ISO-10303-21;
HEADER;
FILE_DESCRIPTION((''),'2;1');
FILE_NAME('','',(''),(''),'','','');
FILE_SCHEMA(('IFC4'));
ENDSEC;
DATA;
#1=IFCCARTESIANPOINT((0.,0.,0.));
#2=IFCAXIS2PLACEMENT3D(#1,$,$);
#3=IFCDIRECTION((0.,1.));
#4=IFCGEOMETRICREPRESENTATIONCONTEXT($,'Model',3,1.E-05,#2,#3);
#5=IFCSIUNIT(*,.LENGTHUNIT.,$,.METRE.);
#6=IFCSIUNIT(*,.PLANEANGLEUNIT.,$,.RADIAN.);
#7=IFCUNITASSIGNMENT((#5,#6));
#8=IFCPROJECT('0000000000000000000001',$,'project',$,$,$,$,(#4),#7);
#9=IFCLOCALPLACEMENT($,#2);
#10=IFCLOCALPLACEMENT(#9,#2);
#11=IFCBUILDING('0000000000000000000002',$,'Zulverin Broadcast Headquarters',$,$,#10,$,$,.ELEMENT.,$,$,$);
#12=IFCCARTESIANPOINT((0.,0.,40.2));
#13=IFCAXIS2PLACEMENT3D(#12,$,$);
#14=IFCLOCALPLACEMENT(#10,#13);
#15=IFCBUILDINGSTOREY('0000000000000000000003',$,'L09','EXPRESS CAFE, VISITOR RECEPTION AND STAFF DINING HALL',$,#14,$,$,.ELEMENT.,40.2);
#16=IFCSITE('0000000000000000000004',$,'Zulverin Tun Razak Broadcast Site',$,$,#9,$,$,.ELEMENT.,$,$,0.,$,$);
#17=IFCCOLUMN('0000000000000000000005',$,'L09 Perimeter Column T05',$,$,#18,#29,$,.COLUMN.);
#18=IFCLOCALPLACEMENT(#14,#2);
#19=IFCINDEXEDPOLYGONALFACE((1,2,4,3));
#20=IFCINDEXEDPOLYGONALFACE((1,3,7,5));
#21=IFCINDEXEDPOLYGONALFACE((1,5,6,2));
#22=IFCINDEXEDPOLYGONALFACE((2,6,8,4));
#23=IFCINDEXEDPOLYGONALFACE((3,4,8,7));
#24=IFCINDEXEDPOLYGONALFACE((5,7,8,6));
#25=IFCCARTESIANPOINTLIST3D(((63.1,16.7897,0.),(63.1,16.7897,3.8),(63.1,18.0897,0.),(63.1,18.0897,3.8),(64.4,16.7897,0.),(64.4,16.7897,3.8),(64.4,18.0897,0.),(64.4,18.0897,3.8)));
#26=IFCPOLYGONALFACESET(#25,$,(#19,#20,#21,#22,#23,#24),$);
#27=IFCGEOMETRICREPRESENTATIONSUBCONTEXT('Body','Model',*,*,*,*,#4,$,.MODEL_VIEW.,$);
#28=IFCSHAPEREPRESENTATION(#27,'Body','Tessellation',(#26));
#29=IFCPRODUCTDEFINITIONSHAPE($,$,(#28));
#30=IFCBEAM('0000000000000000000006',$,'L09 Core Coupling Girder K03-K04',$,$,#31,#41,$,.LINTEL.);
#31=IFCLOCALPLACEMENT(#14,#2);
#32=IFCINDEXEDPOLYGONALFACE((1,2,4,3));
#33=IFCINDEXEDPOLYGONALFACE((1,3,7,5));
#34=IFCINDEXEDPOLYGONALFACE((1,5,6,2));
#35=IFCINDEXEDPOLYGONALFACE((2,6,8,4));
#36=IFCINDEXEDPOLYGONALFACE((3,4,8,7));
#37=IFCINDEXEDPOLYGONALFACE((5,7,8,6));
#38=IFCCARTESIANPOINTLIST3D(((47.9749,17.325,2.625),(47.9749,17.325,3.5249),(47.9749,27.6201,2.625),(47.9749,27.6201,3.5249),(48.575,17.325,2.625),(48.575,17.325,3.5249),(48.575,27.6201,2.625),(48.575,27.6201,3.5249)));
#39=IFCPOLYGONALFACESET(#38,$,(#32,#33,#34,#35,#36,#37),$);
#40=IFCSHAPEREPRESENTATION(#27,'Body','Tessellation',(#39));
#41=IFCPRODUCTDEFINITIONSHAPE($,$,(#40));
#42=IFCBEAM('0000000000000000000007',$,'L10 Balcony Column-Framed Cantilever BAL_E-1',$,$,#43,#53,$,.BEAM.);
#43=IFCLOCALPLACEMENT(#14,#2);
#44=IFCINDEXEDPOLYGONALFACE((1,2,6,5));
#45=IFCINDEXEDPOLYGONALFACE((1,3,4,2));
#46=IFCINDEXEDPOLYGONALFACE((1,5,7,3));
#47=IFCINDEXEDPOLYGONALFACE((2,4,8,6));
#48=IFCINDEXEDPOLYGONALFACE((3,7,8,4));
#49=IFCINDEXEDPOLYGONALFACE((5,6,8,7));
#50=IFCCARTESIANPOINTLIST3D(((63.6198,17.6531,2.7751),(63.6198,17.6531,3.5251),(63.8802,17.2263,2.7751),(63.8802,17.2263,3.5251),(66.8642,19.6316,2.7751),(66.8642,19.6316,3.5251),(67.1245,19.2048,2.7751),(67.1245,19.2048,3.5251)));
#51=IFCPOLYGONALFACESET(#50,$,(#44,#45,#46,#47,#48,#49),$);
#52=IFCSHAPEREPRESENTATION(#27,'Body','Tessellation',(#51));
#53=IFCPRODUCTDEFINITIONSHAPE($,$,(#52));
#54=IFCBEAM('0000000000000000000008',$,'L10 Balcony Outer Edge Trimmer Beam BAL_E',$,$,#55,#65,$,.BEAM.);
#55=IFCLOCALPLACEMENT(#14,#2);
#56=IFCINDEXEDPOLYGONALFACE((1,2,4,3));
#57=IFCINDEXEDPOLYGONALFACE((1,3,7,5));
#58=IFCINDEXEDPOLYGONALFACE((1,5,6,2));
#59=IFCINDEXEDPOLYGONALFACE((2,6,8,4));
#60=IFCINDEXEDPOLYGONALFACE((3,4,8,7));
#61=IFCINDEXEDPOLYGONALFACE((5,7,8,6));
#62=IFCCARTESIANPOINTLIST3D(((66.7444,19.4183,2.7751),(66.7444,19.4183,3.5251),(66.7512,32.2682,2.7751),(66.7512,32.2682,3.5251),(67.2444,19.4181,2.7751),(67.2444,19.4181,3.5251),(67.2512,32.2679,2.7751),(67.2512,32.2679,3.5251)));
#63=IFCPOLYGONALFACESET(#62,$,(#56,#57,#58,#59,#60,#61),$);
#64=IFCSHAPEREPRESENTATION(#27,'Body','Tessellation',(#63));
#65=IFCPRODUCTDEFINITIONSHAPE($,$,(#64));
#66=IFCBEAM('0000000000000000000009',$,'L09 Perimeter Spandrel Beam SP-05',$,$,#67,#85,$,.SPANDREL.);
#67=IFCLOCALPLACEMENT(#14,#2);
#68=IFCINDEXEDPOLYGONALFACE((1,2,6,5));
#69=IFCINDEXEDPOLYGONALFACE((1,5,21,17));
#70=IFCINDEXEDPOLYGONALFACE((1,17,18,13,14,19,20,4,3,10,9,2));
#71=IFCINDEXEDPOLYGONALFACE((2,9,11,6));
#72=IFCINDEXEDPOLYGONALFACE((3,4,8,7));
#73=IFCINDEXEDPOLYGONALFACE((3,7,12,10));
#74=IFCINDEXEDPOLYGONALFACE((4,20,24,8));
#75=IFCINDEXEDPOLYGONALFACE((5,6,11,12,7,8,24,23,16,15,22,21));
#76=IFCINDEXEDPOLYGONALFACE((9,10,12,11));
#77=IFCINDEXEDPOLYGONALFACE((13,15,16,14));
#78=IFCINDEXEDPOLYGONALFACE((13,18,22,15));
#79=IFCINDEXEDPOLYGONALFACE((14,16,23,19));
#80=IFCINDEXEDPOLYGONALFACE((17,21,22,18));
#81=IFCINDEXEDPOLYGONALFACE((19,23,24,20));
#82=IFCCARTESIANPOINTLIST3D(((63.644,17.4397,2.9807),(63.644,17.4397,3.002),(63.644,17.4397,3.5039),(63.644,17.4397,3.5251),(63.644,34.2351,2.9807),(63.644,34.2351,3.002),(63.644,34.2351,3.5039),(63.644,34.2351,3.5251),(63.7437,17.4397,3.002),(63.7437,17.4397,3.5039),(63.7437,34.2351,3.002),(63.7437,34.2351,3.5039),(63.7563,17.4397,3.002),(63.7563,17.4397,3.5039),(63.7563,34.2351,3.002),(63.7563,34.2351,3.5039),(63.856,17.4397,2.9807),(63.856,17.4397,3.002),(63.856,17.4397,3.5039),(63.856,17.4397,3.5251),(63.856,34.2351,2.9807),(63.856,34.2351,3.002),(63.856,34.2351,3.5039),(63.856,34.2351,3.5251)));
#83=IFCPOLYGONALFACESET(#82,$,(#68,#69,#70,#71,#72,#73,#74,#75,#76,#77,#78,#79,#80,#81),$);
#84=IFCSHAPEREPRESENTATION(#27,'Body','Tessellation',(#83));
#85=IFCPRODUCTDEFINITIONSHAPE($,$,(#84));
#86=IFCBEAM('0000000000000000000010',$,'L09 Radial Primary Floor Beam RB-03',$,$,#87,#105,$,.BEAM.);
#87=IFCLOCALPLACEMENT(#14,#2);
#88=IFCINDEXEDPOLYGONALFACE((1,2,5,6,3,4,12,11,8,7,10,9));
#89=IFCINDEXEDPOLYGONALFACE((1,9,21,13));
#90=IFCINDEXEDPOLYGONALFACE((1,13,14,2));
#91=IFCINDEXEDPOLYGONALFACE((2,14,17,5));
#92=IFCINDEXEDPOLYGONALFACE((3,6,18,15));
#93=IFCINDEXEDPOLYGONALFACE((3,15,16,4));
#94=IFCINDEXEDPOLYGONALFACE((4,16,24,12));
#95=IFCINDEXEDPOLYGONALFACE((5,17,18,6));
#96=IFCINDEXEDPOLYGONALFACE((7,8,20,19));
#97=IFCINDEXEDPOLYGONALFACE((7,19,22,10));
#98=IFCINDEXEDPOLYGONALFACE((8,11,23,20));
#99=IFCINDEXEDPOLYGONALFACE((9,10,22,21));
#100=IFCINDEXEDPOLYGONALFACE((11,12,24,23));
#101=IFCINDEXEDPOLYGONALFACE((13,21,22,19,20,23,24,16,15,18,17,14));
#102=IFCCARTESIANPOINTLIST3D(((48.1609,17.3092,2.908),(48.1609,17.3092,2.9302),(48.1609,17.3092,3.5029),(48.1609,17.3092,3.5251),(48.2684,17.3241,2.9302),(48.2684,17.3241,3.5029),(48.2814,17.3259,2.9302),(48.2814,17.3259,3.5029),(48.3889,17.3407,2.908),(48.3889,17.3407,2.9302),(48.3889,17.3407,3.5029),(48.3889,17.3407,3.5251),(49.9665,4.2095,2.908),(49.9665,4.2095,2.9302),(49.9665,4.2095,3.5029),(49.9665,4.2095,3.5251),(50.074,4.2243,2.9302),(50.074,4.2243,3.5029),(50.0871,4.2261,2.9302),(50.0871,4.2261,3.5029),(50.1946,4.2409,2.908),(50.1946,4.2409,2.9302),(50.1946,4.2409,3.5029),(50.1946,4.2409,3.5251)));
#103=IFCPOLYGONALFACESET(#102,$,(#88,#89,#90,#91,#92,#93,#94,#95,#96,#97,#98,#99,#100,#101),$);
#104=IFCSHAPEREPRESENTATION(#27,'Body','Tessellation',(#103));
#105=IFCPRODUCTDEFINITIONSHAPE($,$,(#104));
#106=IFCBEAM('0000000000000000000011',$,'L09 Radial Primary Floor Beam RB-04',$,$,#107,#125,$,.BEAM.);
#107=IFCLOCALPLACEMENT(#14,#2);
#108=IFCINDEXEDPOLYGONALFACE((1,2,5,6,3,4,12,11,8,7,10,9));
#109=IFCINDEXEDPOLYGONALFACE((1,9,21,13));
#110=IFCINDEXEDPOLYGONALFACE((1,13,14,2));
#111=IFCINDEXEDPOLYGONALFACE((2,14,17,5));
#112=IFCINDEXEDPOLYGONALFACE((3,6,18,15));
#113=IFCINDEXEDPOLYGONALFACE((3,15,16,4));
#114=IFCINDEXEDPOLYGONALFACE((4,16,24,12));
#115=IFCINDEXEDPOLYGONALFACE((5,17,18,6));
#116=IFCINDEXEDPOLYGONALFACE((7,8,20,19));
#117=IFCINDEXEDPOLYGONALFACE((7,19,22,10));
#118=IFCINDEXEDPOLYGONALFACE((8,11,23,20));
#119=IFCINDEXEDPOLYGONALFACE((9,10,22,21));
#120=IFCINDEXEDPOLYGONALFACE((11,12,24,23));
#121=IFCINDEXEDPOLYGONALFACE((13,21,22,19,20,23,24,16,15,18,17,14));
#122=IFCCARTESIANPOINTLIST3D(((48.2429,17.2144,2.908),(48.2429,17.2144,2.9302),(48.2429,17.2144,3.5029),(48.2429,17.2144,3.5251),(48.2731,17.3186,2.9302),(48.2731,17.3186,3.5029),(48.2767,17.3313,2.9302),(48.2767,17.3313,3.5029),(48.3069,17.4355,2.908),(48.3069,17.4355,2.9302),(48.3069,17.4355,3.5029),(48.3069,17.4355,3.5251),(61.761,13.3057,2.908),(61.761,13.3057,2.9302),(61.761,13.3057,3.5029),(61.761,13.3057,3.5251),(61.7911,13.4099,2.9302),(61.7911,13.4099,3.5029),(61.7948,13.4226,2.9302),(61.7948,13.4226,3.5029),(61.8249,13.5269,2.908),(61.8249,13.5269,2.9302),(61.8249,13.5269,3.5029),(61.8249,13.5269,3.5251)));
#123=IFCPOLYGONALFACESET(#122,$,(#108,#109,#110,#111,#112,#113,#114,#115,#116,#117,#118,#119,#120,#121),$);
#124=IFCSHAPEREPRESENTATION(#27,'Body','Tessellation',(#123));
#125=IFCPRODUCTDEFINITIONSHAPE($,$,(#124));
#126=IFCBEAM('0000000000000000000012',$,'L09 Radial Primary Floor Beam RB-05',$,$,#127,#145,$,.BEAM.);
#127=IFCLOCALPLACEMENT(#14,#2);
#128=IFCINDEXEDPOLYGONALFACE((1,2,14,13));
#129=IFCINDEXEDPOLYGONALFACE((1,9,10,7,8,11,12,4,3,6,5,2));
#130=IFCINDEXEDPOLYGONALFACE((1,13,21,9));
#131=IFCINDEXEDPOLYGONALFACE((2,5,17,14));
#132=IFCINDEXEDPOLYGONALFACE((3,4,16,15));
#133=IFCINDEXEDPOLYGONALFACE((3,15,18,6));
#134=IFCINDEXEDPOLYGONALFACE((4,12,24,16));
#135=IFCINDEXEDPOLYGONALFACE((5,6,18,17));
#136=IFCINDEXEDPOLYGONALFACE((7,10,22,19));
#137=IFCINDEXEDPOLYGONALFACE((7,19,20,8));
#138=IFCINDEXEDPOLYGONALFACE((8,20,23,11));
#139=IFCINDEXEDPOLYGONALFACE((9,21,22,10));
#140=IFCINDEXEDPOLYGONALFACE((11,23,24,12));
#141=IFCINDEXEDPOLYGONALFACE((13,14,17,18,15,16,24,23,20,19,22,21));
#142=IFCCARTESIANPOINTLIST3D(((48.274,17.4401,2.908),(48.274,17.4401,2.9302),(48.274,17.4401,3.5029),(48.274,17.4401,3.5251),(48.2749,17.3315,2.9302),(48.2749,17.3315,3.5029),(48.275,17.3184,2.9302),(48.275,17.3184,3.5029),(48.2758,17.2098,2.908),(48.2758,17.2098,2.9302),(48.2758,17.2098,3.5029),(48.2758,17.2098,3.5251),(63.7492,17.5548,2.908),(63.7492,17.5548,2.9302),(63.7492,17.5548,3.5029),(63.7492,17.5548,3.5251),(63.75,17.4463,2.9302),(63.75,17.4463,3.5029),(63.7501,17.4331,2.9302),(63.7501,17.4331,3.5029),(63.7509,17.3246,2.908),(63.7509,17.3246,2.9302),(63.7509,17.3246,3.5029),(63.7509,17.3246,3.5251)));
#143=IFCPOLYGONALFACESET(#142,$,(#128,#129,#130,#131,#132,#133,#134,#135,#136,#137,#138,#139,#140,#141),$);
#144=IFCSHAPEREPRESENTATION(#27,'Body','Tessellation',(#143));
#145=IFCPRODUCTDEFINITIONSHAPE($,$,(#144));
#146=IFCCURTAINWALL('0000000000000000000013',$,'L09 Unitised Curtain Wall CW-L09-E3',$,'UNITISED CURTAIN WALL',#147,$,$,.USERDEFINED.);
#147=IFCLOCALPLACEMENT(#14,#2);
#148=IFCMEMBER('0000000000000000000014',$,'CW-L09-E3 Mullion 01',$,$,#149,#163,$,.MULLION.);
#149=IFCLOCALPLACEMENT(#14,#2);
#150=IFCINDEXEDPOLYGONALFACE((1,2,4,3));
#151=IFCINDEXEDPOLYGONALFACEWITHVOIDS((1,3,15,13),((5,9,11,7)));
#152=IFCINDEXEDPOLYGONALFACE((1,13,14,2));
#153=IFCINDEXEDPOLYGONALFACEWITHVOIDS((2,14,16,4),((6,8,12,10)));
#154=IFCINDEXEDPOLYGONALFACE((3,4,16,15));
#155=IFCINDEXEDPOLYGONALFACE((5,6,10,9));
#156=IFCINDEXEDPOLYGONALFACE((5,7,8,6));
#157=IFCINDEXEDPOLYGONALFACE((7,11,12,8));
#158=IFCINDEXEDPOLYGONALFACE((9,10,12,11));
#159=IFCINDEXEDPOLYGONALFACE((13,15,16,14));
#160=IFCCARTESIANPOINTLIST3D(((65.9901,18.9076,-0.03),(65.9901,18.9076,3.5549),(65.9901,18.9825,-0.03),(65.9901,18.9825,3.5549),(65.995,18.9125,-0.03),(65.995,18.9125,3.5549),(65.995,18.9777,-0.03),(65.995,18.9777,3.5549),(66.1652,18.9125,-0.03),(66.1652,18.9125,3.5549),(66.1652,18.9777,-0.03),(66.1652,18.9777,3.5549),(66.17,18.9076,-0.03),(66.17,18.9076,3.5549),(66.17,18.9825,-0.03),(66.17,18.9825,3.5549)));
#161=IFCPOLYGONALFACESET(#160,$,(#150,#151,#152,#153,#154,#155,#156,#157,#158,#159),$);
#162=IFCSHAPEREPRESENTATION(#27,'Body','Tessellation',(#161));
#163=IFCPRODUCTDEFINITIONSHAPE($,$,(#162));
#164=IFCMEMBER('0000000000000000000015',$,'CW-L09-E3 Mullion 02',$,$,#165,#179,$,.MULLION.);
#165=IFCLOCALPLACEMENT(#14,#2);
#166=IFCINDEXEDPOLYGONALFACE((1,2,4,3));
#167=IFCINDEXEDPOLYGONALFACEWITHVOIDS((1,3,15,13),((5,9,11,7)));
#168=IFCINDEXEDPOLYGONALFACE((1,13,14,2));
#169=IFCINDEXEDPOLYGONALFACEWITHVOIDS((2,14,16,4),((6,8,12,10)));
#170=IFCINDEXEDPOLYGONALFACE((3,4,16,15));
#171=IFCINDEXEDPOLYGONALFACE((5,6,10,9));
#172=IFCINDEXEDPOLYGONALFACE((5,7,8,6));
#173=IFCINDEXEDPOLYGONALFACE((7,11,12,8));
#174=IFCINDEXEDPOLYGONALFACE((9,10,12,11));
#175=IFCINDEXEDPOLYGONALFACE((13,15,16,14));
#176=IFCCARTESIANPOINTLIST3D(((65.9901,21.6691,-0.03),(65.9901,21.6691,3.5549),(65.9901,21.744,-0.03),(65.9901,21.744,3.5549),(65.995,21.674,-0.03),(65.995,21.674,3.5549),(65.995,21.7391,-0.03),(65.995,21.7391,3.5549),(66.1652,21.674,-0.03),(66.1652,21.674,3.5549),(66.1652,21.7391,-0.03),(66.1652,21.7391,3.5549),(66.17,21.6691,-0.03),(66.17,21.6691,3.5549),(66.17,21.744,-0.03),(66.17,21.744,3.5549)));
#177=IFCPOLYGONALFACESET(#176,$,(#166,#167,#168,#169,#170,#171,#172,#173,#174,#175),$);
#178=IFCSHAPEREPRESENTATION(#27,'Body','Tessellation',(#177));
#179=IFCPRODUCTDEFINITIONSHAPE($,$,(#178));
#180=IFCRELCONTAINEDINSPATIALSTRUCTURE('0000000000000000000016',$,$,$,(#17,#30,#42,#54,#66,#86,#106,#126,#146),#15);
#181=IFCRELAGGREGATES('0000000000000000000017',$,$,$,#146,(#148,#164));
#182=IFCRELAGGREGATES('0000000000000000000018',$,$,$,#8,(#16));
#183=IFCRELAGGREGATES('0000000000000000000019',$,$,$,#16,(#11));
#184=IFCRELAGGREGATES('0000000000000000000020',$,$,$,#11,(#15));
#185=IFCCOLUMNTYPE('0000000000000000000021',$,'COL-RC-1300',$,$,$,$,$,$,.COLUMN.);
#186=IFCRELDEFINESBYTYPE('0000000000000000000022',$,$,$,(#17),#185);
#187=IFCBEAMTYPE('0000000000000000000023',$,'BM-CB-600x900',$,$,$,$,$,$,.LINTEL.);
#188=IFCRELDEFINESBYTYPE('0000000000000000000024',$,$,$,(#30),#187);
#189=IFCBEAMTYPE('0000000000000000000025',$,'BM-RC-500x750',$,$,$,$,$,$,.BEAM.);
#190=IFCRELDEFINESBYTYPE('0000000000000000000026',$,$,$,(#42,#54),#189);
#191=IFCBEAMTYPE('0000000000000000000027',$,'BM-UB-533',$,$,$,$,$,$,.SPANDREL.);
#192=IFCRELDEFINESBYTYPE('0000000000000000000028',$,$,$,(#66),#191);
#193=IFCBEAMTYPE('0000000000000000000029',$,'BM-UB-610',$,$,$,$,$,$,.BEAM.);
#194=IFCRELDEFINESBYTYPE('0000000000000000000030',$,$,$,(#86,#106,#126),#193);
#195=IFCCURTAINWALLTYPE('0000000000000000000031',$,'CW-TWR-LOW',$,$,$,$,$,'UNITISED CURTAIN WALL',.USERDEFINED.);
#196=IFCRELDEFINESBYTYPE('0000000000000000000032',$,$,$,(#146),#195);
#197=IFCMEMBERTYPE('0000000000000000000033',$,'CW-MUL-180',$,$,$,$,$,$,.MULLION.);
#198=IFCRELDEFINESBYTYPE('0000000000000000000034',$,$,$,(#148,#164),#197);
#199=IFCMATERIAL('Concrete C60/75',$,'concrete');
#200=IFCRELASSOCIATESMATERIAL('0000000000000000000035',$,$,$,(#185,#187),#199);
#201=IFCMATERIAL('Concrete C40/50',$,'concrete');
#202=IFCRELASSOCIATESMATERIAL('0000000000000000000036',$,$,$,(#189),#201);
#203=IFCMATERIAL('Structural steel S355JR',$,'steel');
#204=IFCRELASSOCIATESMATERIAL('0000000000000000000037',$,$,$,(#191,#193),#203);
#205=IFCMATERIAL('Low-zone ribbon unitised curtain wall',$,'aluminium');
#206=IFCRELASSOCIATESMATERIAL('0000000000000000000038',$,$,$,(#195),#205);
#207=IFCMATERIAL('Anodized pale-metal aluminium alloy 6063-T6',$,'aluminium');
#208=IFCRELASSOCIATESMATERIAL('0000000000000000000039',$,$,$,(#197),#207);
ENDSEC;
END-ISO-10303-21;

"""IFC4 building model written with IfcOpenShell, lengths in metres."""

from ifc_helpers import new_model, si_unit, direction, frame, origin, origin_2d, place, context, subcontext, project, spatial, rectangle, hollow_rectangle, i_section, extrude, material, material_profile, profile_set, type_object, element, aggregate, save


model = new_model("IFC4")

# Units and contexts
model_context = context("Model", 3, precision=1e-05, world=origin(), true_north=direction((0.0, 1.0)))
body_context = subcontext(model_context, "Body", "Model", "MODEL_VIEW")
ifc_project = project(units=[si_unit("LENGTHUNIT", "METRE"), si_unit("PLANEANGLEUNIT", "RADIAN")], contexts=[model_context])

# Site, building, storey
site_placement = place(None, origin())
site = spatial("IfcSite", under=ifc_project, at=site_placement, Name="Zulverin Tun Razak Broadcast Site", CompositionType="ELEMENT", RefElevation=0.0)
building_placement = place(site_placement, origin())
building = spatial("IfcBuilding", under=site, at=building_placement, Name="Zulverin Broadcast Headquarters", CompositionType="ELEMENT")
storey_placement = place(building_placement, frame((0.0, 0.0, 40.2)))
storey = spatial("IfcBuildingStorey", under=building, at=storey_placement, Name="L09", Description="EXPRESS CAFE, VISITOR RECEPTION AND STAFF DINING HALL", CompositionType="ELEMENT", Elevation=40.2)

# Column
ifc_material_1 = material(Name="Concrete C60/75", Category="concrete")
ifc_material_profile_1 = material_profile(ifc_material_1, rectangle(XDim=1.3, YDim=1.3, at=origin_2d()), Name="Concrete C60/75", Category="concrete")
ifc_profile_set_1 = profile_set([ifc_material_profile_1], Name="Concrete C60/75")
column_type = type_object("IfcColumnType", Name="COL-RC-1300", PredefinedType="COLUMN", material=ifc_profile_set_1)
column_placement = place(storey_placement, frame((63.75, 17.4397, 0.0), z_axis=(0.0, 0.0, 1.0), x_axis=(1.0, 0.0, 0.0)))
element("IfcColumn", 1, at=column_placement, inside=storey, type_object=column_type, Name="L09 Perimeter Column T05", PredefinedType="COLUMN", context=body_context, shape_type="SweptSolid", body=[
    extrude(rectangle(XDim=1.3, YDim=1.3, at=origin_2d()), origin(), (0.0, 0.0, 1.0), 3.8),
])

# Beams
ifc_material_profile_2 = material_profile(ifc_material_1, rectangle(XDim=0.6001, YDim=0.8999, at=origin_2d()), Name="Concrete C60/75", Category="concrete")
ifc_profile_set_2 = profile_set([ifc_material_profile_2], Name="Concrete C60/75")
beam_type_1 = type_object("IfcBeamType", Name="BM-CB-600x900", PredefinedType="LINTEL", material=ifc_profile_set_2)
beam_1_placement = place(storey_placement, frame((48.2749, 17.325, 3.075), z_axis=(0.0, 1.0, 0.0), x_axis=(-1.0, 0.0, 0.0)))
element("IfcBeam", 2, at=beam_1_placement, inside=storey, type_object=beam_type_1, Name="L09 Core Coupling Girder K03-K04", PredefinedType="LINTEL", context=body_context, shape_type="SweptSolid", body=[
    extrude(rectangle(XDim=0.6001, YDim=0.8999, at=origin_2d()), origin(), (0.0, 0.0, 1.0), 10.2952),
])
ifc_material_2 = material(Name="Concrete C40/50", Category="concrete")
ifc_material_profile_3 = material_profile(ifc_material_2, rectangle(XDim=0.5, YDim=0.75, at=origin_2d()), Name="Concrete C40/50", Category="concrete")
ifc_profile_set_3 = profile_set([ifc_material_profile_3], Name="Concrete C40/50")
beam_type_2 = type_object("IfcBeamType", Name="BM-RC-500x750", PredefinedType="BEAM", material=ifc_profile_set_3)
beam_2_placement = place(storey_placement, frame((63.75, 17.4397, 3.1501), z_axis=(0.853769, 0.520652, 0.0), x_axis=(-0.520652, 0.853769, 0.0)))
element("IfcBeam", 3, at=beam_2_placement, inside=storey, type_object=beam_type_2, Name="L10 Balcony Column-Framed Cantilever BAL_E-1", PredefinedType="BEAM", context=body_context, shape_type="SweptSolid", body=[
    extrude(rectangle(XDim=0.5, YDim=0.75, at=origin_2d()), origin(), (0.0, 0.0, 1.0), 3.8),
])
beam_3_placement = place(storey_placement, frame((66.9944, 19.4182, 3.1501), z_axis=(0.000532, 1.0, 0.0), x_axis=(-1.0, 0.000532, 0.0)))
element("IfcBeam", 4, at=beam_3_placement, inside=storey, type_object=beam_type_2, Name="L10 Balcony Outer Edge Trimmer Beam BAL_E", PredefinedType="BEAM", context=body_context, shape_type="SweptSolid", body=[
    extrude(rectangle(XDim=0.5, YDim=0.75, at=origin_2d()), origin(), (0.0, 0.0, 1.0), 12.8499),
])
ifc_material_3 = material(Name="Structural steel S355JR", Category="steel")
ifc_material_profile_4 = material_profile(ifc_material_3, i_section(OverallWidth=0.2119, OverallDepth=0.5444, WebThickness=0.0127, FlangeThickness=0.0212, at=origin_2d()), Name="Structural steel S355JR", Category="steel")
ifc_profile_set_4 = profile_set([ifc_material_profile_4], Name="Structural steel S355JR")
beam_type_3 = type_object("IfcBeamType", Name="BM-UB-533", PredefinedType="SPANDREL", material=ifc_profile_set_4)
beam_4_placement = place(storey_placement, frame((63.75, 17.4397, 3.2529), z_axis=(0.0, 1.0, 0.0), x_axis=(-1.0, 0.0, 0.0)))
element("IfcBeam", 5, at=beam_4_placement, inside=storey, type_object=beam_type_3, Name="L09 Perimeter Spandrel Beam SP-05", PredefinedType="SPANDREL", context=body_context, shape_type="SweptSolid", body=[
    extrude(i_section(OverallWidth=0.2119, OverallDepth=0.5444, WebThickness=0.0127, FlangeThickness=0.0212, at=origin_2d()), origin(), (0.0, 0.0, 1.0), 16.7954),
])
ifc_material_profile_5 = material_profile(ifc_material_3, i_section(OverallWidth=0.2302, OverallDepth=0.6172, WebThickness=0.0132, FlangeThickness=0.0222, at=origin_2d()), Name="Structural steel S355JR", Category="steel")
ifc_profile_set_5 = profile_set([ifc_material_profile_5], Name="Structural steel S355JR")
beam_type_4 = type_object("IfcBeamType", Name="BM-UB-610", PredefinedType="BEAM", material=ifc_profile_set_5)
beam_5_placement = place(storey_placement, frame((48.2749, 17.325, 3.2166), z_axis=(0.136547, -0.990634, 0.0), x_axis=(0.990634, 0.136547, 0.0)))
element("IfcBeam", 6, at=beam_5_placement, inside=storey, type_object=beam_type_4, Name="L09 Radial Primary Floor Beam RB-03", PredefinedType="BEAM", context=body_context, shape_type="SweptSolid", body=[
    extrude(i_section(OverallWidth=0.2302, OverallDepth=0.6172, WebThickness=0.0132, FlangeThickness=0.0222, at=origin_2d()), origin(), (0.0, 0.0, 1.0), 13.2236),
])
beam_6_placement = place(storey_placement, frame((48.2749, 17.325, 3.2166), z_axis=(0.960648, -0.277767, 0.0), x_axis=(0.277767, 0.960648, 0.0)))
element("IfcBeam", 7, at=beam_6_placement, inside=storey, type_object=beam_type_4, Name="L09 Radial Primary Floor Beam RB-04", PredefinedType="BEAM", context=body_context, shape_type="SweptSolid", body=[
    extrude(i_section(OverallWidth=0.2302, OverallDepth=0.6172, WebThickness=0.0132, FlangeThickness=0.0222, at=origin_2d()), origin(), (0.0, 0.0, 1.0), 14.0718),
])
beam_7_placement = place(storey_placement, frame((48.2749, 17.325, 3.2166), z_axis=(0.999973, 0.007415, 0.0), x_axis=(-0.007415, 0.999973, 0.0)))
element("IfcBeam", 8, at=beam_7_placement, inside=storey, type_object=beam_type_4, Name="L09 Radial Primary Floor Beam RB-05", PredefinedType="BEAM", context=body_context, shape_type="SweptSolid", body=[
    extrude(i_section(OverallWidth=0.2302, OverallDepth=0.6172, WebThickness=0.0132, FlangeThickness=0.0222, at=origin_2d()), origin(), (0.0, 0.0, 1.0), 15.4756),
])

# Curtain wall, members
ifc_material_4 = material(Name="Low-zone ribbon unitised curtain wall", Category="aluminium")
curtain_wall_type = type_object("IfcCurtainWallType", Name="CW-TWR-LOW", ElementType="UNITISED CURTAIN WALL", PredefinedType="USERDEFINED", material=ifc_material_4)
curtain_wall_placement = place(storey_placement, origin())
curtain_wall = element("IfcCurtainWall", 9, at=curtain_wall_placement, inside=storey, type_object=curtain_wall_type, Name="L09 Unitised Curtain Wall CW-L09-E3", ObjectType="UNITISED CURTAIN WALL", PredefinedType="USERDEFINED")
ifc_material_5 = material(Name="Anodized pale-metal aluminium alloy 6063-T6", Category="aluminium")
ifc_material_profile_6 = material_profile(ifc_material_5, hollow_rectangle(XDim=0.075, YDim=0.1799, WallThickness=0.0049, at=origin_2d()), Name="Anodized pale-metal aluminium alloy 6063-T6", Category="aluminium")
ifc_profile_set_6 = profile_set([ifc_material_profile_6], Name="Anodized pale-metal aluminium alloy 6063-T6")
member_type = type_object("IfcMemberType", Name="CW-MUL-180", PredefinedType="MULLION", material=ifc_profile_set_6)
member_1_placement = place(storey_placement, frame((66.0801, 18.9451, -0.03), z_axis=(0.0, 0.0, 1.0), x_axis=(0.0, 1.0, 0.0)))
member_1 = element("IfcMember", 10, at=member_1_placement, type_object=member_type, Name="CW-L09-E3 Mullion 01", PredefinedType="MULLION", context=body_context, shape_type="SweptSolid", body=[
    extrude(hollow_rectangle(XDim=0.075, YDim=0.1799, WallThickness=0.0049, at=origin_2d()), origin(), (0.0, 0.0, 1.0), 3.585),
])
member_2_placement = place(storey_placement, frame((66.0801, 21.7065, -0.03), z_axis=(0.0, 0.0, 1.0), x_axis=(0.0, 1.0, 0.0)))
member_2 = element("IfcMember", 11, at=member_2_placement, type_object=member_type, Name="CW-L09-E3 Mullion 02", PredefinedType="MULLION", context=body_context, shape_type="SweptSolid", body=[
    extrude(hollow_rectangle(XDim=0.075, YDim=0.1799, WallThickness=0.0049, at=origin_2d()), origin(), (0.0, 0.0, 1.0), 3.585),
])
aggregate(curtain_wall, [member_1, member_2])

save(model, "model.ifc")
